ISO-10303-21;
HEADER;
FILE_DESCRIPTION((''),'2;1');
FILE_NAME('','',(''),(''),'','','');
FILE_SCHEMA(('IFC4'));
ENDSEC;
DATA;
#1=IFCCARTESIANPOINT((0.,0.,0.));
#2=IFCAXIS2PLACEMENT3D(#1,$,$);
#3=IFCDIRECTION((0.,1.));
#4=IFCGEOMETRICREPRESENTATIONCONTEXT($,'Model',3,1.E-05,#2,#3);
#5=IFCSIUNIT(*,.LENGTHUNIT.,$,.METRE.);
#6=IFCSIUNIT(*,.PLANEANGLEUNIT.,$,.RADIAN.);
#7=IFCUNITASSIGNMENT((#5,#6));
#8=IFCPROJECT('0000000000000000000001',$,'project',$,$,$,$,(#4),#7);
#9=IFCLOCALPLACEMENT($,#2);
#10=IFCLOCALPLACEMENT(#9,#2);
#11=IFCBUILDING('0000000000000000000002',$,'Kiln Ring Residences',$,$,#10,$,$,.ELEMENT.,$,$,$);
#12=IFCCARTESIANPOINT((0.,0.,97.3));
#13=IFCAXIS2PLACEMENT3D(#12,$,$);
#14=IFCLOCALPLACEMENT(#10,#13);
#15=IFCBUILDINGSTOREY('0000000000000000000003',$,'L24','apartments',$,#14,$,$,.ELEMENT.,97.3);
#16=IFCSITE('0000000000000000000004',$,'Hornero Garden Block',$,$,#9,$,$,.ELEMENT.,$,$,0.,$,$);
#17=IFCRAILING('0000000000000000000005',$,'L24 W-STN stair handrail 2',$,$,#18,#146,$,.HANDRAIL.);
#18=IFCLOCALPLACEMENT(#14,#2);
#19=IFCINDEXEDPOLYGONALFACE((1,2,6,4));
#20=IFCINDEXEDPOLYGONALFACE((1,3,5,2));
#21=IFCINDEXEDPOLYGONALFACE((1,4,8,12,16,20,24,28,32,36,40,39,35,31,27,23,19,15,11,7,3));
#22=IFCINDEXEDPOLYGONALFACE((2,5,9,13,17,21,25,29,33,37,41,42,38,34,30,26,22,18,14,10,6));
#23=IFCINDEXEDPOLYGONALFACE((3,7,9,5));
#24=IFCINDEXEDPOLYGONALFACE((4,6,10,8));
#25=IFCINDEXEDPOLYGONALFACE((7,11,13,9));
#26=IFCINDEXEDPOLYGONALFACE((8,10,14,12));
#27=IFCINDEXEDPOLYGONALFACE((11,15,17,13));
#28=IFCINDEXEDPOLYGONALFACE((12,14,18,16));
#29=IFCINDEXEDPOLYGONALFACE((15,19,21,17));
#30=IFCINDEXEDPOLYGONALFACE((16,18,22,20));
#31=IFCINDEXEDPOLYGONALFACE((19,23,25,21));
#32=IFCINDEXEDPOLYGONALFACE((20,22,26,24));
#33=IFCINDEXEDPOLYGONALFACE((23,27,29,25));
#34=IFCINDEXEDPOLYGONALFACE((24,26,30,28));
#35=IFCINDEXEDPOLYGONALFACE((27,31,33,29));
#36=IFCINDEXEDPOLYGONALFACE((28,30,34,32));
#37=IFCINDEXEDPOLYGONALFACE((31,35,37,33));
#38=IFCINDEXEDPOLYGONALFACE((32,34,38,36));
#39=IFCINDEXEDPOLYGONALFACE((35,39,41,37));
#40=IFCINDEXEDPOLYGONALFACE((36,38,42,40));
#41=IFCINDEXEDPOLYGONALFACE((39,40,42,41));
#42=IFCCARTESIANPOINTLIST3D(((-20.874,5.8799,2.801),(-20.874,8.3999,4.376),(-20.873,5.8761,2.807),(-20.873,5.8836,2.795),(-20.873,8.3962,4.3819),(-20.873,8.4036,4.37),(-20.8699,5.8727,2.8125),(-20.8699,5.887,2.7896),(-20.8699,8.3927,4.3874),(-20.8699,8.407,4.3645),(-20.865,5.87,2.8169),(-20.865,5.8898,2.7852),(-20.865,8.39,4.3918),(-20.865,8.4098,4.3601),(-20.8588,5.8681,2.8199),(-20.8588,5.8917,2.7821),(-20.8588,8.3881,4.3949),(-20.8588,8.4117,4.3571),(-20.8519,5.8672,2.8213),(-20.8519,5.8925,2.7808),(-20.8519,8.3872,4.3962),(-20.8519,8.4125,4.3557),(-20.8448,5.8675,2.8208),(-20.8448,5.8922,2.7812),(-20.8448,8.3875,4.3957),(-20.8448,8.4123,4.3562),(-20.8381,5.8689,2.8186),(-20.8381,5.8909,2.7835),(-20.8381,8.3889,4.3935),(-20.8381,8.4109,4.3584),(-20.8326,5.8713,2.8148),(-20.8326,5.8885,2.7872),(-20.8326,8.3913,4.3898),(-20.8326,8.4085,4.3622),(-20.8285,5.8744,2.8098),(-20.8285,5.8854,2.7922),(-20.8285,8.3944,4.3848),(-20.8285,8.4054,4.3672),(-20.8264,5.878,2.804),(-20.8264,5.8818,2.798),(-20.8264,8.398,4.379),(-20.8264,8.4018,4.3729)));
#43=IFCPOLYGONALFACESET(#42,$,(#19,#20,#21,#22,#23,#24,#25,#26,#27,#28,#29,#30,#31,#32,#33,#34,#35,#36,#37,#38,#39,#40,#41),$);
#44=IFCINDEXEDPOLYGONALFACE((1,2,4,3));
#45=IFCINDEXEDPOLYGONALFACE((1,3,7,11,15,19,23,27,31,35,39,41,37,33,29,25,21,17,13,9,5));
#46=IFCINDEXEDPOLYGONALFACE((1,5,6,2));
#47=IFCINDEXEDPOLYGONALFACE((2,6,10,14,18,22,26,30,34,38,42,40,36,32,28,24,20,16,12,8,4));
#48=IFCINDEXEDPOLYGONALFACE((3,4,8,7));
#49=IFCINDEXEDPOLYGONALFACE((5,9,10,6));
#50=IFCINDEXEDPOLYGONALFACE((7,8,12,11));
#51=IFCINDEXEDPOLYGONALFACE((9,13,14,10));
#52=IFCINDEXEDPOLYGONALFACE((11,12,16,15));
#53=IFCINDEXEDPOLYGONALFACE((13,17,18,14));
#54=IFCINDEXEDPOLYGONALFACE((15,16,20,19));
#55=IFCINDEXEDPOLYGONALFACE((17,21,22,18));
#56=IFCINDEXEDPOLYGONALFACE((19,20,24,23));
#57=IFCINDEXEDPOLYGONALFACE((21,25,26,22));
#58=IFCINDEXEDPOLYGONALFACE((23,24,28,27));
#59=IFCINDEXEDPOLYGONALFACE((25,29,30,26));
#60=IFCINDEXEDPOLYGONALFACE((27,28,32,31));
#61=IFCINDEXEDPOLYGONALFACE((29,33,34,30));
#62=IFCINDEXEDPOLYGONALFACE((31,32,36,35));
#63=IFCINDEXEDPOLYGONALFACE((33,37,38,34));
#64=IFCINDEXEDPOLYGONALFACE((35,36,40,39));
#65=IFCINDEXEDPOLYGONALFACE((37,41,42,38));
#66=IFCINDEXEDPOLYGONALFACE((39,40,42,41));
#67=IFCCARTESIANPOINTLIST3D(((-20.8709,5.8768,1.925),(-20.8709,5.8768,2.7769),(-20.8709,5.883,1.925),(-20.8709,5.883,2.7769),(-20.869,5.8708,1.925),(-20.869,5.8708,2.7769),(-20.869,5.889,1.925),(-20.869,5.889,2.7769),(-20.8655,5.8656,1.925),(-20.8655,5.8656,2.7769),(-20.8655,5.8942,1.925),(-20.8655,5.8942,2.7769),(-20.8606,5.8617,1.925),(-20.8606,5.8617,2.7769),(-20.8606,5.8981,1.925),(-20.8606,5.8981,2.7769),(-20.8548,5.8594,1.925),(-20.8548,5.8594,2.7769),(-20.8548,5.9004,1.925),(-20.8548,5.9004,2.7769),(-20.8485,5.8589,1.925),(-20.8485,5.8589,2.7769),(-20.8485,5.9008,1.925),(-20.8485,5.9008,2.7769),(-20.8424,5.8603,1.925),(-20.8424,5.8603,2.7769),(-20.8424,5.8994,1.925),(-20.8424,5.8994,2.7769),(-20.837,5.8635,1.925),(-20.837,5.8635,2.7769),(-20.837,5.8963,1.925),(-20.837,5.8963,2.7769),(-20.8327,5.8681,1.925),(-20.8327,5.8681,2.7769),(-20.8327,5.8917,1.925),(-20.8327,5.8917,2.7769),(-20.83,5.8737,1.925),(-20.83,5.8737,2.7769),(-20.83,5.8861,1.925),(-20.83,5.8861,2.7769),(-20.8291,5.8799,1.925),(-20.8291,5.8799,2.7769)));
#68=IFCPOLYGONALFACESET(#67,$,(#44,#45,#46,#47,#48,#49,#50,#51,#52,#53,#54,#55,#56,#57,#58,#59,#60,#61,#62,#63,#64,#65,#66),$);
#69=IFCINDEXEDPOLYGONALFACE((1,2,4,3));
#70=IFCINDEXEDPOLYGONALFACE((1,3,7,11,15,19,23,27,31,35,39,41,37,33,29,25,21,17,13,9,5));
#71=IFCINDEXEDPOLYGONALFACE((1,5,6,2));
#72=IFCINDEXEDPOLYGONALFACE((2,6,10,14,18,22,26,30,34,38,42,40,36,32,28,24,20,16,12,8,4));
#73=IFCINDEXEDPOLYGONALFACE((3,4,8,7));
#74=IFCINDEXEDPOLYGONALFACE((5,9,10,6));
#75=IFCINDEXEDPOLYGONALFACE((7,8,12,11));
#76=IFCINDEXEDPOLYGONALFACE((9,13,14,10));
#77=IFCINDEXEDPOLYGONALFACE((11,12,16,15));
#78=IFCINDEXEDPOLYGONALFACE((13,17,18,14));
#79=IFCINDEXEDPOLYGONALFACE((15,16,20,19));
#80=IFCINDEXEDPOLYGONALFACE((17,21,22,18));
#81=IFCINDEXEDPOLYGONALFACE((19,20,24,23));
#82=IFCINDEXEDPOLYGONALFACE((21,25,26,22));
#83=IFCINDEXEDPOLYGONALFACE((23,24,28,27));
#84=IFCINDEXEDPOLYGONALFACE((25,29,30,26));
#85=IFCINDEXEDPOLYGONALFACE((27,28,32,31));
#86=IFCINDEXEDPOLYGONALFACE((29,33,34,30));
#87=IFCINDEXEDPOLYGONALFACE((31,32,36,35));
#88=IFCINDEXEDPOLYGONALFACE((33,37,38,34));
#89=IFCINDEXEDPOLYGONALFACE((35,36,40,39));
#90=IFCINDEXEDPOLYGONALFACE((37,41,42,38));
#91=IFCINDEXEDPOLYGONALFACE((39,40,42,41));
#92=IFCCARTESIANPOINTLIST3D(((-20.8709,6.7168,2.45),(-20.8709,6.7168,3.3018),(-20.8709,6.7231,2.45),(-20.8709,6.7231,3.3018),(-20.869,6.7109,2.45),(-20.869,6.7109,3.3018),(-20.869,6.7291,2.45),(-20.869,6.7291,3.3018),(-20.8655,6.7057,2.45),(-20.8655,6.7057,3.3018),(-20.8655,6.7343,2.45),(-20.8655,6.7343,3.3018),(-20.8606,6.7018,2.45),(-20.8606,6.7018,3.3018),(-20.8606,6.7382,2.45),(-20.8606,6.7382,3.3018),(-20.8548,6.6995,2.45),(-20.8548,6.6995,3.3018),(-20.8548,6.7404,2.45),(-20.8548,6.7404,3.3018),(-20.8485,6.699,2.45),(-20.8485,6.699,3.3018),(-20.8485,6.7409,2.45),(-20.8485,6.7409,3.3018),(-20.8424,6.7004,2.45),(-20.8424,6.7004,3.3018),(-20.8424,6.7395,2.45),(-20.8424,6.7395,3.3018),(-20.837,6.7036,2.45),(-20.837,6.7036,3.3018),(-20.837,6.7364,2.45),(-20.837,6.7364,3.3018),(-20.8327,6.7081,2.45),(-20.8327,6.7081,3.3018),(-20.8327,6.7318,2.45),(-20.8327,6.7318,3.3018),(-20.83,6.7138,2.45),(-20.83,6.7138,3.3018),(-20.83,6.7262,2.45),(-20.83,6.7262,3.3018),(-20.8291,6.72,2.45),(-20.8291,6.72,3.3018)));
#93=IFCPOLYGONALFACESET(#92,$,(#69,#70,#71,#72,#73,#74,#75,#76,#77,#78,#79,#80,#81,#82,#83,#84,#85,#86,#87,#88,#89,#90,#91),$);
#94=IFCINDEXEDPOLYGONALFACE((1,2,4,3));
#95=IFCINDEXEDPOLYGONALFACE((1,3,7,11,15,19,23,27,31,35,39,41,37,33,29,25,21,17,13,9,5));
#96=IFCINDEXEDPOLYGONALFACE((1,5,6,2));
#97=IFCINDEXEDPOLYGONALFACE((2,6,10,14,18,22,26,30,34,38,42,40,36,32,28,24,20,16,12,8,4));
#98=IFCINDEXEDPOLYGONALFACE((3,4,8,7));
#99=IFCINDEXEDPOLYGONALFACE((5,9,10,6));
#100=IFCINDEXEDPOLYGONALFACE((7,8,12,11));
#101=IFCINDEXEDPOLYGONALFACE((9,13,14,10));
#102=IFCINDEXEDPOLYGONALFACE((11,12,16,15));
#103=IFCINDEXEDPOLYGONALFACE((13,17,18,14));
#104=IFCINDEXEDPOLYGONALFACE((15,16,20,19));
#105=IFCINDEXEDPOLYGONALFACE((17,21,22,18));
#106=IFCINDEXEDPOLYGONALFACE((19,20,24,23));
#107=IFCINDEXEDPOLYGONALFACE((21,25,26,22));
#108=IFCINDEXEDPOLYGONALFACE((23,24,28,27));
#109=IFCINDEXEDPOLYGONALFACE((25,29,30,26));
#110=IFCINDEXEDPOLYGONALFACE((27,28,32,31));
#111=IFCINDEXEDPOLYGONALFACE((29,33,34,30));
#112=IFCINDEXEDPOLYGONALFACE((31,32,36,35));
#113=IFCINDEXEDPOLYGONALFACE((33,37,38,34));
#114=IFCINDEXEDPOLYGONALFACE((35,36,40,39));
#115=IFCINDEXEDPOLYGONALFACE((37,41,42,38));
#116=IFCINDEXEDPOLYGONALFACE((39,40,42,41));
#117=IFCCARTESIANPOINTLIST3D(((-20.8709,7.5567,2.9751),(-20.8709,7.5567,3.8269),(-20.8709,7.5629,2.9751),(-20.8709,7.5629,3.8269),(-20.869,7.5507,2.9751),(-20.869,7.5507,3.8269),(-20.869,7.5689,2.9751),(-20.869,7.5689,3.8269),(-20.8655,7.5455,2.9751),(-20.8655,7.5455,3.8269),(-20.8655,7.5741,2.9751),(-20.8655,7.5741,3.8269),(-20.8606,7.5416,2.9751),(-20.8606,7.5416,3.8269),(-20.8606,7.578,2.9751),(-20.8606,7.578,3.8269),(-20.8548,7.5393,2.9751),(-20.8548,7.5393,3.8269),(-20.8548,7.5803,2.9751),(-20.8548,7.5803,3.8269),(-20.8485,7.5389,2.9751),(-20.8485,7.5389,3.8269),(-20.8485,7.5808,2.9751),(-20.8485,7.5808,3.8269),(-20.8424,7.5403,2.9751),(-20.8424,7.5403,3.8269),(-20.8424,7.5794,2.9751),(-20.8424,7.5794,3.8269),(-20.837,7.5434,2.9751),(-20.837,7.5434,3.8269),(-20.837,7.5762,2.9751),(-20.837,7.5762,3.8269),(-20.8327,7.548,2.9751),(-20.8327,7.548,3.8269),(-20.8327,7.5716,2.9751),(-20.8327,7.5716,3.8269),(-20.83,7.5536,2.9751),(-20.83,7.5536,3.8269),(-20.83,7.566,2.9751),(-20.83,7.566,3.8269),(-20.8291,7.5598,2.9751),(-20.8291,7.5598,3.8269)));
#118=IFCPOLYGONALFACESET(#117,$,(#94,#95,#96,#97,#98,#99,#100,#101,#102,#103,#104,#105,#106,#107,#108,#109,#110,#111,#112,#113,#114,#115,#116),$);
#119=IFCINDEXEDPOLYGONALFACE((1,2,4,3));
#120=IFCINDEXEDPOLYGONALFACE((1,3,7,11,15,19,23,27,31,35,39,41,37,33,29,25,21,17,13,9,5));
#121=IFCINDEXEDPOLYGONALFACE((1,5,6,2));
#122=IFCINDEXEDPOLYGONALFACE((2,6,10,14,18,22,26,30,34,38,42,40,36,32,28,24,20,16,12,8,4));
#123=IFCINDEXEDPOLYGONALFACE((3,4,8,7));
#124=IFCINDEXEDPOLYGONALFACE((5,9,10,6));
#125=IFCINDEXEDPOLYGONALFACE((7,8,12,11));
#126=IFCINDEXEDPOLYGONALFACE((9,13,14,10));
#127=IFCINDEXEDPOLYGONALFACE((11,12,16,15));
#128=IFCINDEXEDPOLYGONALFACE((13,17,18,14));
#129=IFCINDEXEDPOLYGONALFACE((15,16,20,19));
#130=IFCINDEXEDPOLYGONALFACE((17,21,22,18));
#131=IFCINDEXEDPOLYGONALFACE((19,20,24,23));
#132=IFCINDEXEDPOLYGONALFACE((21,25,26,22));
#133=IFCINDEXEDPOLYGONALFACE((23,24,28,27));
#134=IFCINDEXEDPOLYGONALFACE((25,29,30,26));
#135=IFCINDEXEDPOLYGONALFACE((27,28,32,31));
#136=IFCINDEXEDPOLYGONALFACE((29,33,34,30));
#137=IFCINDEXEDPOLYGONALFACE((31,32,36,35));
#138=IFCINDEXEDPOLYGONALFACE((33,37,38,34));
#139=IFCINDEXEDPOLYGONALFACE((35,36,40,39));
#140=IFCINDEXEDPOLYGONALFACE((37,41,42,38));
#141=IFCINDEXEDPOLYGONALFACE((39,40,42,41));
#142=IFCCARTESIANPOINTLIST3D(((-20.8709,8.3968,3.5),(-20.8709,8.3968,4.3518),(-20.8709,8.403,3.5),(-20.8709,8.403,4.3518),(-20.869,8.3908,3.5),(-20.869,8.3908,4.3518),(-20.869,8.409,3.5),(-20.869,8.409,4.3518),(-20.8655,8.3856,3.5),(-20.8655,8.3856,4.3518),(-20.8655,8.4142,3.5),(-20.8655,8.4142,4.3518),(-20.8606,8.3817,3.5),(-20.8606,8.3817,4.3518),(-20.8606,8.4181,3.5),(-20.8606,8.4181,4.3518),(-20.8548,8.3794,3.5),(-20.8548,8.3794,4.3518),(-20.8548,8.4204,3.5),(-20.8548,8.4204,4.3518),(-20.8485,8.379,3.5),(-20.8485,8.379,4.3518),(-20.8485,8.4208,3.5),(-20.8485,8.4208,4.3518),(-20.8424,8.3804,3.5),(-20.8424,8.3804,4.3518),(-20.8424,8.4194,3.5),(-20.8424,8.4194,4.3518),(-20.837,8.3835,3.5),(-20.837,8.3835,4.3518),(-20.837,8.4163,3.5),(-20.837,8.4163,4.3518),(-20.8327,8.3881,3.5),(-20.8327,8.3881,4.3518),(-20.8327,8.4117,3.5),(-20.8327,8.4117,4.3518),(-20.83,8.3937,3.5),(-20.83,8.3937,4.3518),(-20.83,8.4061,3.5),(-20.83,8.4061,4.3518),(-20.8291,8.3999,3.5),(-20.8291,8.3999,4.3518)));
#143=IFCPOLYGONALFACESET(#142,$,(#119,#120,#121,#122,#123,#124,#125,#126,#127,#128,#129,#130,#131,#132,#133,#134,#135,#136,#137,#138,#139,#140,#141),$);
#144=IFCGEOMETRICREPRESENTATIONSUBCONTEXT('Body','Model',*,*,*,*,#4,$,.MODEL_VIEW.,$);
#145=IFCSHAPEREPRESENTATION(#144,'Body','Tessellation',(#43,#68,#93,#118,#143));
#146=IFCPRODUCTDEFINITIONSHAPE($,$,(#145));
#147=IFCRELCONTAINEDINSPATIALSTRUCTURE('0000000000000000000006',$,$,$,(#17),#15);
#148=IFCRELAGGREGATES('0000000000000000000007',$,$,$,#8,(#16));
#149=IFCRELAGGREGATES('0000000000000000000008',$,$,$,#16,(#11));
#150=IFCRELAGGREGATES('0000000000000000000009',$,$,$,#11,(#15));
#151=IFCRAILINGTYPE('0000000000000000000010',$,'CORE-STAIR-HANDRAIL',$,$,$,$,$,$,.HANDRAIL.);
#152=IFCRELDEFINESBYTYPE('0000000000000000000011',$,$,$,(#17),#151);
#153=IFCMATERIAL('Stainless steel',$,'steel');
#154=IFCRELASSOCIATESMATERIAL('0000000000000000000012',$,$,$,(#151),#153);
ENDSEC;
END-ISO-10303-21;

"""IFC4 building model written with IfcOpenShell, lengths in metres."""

from ifc_helpers import new_model, si_unit, direction, frame, origin, origin_2d, place, context, subcontext, project, spatial, circle, extrude, material, type_object, element, save


model = new_model("IFC4")

# Units and contexts
model_context = context("Model", 3, precision=1e-05, world=origin(), true_north=direction((0.0, 1.0)))
body_context = subcontext(model_context, "Body", "Model", "MODEL_VIEW")
ifc_project = project(units=[si_unit("LENGTHUNIT", "METRE"), si_unit("PLANEANGLEUNIT", "RADIAN")], contexts=[model_context])

# Site, building, storey
site_placement = place(None, origin())
site = spatial("IfcSite", under=ifc_project, at=site_placement, Name="Hornero Garden Block", CompositionType="ELEMENT", RefElevation=0.0)
building_placement = place(site_placement, origin())
building = spatial("IfcBuilding", under=site, at=building_placement, Name="Kiln Ring Residences", CompositionType="ELEMENT")
storey_placement = place(building_placement, frame((0.0, 0.0, 97.3)))
storey = spatial("IfcBuildingStorey", under=building, at=storey_placement, Name="L24", Description="apartments", CompositionType="ELEMENT", Elevation=97.3)

# Railing
ifc_material_1 = material(Name="Stainless steel", Category="steel")
railing_type_1 = type_object("IfcRailingType", Name="CORE-STAIR-HANDRAIL", PredefinedType="HANDRAIL", material=ifc_material_1)
railing_1_placement = place(storey_placement, frame((-20.8501, 5.8799, 1.925)))
element("IfcRailing", 1, at=railing_1_placement, inside=storey, type_object=railing_type_1, Name="L24 W-STN stair handrail 2", PredefinedType="HANDRAIL", context=body_context, shape_type="SweptSolid", body=[
    extrude(circle(Radius=0.0239, at=origin_2d()), frame((0.0, 0.0, 0.876), z_axis=(0.0, 0.848008, 0.529984), x_axis=(-1.0, 0.0, 0.0)), (0.0, 0.0, 1.0), 2.9717),
    extrude(circle(Radius=0.021, at=origin_2d()), origin(), (0.0, 0.0, 1.0), 0.8518),
    extrude(circle(Radius=0.021, at=origin_2d()), frame((0.0, 0.8401, 0.5249)), (0.0, 0.0, 1.0), 0.8518),
    extrude(circle(Radius=0.021, at=origin_2d()), frame((0.0, 1.6799, 1.05)), (0.0, 0.0, 1.0), 0.8518),
    extrude(circle(Radius=0.021, at=origin_2d()), frame((0.0, 2.52, 1.575)), (0.0, 0.0, 1.0), 0.8518),
])

save(model, "model.ifc")
